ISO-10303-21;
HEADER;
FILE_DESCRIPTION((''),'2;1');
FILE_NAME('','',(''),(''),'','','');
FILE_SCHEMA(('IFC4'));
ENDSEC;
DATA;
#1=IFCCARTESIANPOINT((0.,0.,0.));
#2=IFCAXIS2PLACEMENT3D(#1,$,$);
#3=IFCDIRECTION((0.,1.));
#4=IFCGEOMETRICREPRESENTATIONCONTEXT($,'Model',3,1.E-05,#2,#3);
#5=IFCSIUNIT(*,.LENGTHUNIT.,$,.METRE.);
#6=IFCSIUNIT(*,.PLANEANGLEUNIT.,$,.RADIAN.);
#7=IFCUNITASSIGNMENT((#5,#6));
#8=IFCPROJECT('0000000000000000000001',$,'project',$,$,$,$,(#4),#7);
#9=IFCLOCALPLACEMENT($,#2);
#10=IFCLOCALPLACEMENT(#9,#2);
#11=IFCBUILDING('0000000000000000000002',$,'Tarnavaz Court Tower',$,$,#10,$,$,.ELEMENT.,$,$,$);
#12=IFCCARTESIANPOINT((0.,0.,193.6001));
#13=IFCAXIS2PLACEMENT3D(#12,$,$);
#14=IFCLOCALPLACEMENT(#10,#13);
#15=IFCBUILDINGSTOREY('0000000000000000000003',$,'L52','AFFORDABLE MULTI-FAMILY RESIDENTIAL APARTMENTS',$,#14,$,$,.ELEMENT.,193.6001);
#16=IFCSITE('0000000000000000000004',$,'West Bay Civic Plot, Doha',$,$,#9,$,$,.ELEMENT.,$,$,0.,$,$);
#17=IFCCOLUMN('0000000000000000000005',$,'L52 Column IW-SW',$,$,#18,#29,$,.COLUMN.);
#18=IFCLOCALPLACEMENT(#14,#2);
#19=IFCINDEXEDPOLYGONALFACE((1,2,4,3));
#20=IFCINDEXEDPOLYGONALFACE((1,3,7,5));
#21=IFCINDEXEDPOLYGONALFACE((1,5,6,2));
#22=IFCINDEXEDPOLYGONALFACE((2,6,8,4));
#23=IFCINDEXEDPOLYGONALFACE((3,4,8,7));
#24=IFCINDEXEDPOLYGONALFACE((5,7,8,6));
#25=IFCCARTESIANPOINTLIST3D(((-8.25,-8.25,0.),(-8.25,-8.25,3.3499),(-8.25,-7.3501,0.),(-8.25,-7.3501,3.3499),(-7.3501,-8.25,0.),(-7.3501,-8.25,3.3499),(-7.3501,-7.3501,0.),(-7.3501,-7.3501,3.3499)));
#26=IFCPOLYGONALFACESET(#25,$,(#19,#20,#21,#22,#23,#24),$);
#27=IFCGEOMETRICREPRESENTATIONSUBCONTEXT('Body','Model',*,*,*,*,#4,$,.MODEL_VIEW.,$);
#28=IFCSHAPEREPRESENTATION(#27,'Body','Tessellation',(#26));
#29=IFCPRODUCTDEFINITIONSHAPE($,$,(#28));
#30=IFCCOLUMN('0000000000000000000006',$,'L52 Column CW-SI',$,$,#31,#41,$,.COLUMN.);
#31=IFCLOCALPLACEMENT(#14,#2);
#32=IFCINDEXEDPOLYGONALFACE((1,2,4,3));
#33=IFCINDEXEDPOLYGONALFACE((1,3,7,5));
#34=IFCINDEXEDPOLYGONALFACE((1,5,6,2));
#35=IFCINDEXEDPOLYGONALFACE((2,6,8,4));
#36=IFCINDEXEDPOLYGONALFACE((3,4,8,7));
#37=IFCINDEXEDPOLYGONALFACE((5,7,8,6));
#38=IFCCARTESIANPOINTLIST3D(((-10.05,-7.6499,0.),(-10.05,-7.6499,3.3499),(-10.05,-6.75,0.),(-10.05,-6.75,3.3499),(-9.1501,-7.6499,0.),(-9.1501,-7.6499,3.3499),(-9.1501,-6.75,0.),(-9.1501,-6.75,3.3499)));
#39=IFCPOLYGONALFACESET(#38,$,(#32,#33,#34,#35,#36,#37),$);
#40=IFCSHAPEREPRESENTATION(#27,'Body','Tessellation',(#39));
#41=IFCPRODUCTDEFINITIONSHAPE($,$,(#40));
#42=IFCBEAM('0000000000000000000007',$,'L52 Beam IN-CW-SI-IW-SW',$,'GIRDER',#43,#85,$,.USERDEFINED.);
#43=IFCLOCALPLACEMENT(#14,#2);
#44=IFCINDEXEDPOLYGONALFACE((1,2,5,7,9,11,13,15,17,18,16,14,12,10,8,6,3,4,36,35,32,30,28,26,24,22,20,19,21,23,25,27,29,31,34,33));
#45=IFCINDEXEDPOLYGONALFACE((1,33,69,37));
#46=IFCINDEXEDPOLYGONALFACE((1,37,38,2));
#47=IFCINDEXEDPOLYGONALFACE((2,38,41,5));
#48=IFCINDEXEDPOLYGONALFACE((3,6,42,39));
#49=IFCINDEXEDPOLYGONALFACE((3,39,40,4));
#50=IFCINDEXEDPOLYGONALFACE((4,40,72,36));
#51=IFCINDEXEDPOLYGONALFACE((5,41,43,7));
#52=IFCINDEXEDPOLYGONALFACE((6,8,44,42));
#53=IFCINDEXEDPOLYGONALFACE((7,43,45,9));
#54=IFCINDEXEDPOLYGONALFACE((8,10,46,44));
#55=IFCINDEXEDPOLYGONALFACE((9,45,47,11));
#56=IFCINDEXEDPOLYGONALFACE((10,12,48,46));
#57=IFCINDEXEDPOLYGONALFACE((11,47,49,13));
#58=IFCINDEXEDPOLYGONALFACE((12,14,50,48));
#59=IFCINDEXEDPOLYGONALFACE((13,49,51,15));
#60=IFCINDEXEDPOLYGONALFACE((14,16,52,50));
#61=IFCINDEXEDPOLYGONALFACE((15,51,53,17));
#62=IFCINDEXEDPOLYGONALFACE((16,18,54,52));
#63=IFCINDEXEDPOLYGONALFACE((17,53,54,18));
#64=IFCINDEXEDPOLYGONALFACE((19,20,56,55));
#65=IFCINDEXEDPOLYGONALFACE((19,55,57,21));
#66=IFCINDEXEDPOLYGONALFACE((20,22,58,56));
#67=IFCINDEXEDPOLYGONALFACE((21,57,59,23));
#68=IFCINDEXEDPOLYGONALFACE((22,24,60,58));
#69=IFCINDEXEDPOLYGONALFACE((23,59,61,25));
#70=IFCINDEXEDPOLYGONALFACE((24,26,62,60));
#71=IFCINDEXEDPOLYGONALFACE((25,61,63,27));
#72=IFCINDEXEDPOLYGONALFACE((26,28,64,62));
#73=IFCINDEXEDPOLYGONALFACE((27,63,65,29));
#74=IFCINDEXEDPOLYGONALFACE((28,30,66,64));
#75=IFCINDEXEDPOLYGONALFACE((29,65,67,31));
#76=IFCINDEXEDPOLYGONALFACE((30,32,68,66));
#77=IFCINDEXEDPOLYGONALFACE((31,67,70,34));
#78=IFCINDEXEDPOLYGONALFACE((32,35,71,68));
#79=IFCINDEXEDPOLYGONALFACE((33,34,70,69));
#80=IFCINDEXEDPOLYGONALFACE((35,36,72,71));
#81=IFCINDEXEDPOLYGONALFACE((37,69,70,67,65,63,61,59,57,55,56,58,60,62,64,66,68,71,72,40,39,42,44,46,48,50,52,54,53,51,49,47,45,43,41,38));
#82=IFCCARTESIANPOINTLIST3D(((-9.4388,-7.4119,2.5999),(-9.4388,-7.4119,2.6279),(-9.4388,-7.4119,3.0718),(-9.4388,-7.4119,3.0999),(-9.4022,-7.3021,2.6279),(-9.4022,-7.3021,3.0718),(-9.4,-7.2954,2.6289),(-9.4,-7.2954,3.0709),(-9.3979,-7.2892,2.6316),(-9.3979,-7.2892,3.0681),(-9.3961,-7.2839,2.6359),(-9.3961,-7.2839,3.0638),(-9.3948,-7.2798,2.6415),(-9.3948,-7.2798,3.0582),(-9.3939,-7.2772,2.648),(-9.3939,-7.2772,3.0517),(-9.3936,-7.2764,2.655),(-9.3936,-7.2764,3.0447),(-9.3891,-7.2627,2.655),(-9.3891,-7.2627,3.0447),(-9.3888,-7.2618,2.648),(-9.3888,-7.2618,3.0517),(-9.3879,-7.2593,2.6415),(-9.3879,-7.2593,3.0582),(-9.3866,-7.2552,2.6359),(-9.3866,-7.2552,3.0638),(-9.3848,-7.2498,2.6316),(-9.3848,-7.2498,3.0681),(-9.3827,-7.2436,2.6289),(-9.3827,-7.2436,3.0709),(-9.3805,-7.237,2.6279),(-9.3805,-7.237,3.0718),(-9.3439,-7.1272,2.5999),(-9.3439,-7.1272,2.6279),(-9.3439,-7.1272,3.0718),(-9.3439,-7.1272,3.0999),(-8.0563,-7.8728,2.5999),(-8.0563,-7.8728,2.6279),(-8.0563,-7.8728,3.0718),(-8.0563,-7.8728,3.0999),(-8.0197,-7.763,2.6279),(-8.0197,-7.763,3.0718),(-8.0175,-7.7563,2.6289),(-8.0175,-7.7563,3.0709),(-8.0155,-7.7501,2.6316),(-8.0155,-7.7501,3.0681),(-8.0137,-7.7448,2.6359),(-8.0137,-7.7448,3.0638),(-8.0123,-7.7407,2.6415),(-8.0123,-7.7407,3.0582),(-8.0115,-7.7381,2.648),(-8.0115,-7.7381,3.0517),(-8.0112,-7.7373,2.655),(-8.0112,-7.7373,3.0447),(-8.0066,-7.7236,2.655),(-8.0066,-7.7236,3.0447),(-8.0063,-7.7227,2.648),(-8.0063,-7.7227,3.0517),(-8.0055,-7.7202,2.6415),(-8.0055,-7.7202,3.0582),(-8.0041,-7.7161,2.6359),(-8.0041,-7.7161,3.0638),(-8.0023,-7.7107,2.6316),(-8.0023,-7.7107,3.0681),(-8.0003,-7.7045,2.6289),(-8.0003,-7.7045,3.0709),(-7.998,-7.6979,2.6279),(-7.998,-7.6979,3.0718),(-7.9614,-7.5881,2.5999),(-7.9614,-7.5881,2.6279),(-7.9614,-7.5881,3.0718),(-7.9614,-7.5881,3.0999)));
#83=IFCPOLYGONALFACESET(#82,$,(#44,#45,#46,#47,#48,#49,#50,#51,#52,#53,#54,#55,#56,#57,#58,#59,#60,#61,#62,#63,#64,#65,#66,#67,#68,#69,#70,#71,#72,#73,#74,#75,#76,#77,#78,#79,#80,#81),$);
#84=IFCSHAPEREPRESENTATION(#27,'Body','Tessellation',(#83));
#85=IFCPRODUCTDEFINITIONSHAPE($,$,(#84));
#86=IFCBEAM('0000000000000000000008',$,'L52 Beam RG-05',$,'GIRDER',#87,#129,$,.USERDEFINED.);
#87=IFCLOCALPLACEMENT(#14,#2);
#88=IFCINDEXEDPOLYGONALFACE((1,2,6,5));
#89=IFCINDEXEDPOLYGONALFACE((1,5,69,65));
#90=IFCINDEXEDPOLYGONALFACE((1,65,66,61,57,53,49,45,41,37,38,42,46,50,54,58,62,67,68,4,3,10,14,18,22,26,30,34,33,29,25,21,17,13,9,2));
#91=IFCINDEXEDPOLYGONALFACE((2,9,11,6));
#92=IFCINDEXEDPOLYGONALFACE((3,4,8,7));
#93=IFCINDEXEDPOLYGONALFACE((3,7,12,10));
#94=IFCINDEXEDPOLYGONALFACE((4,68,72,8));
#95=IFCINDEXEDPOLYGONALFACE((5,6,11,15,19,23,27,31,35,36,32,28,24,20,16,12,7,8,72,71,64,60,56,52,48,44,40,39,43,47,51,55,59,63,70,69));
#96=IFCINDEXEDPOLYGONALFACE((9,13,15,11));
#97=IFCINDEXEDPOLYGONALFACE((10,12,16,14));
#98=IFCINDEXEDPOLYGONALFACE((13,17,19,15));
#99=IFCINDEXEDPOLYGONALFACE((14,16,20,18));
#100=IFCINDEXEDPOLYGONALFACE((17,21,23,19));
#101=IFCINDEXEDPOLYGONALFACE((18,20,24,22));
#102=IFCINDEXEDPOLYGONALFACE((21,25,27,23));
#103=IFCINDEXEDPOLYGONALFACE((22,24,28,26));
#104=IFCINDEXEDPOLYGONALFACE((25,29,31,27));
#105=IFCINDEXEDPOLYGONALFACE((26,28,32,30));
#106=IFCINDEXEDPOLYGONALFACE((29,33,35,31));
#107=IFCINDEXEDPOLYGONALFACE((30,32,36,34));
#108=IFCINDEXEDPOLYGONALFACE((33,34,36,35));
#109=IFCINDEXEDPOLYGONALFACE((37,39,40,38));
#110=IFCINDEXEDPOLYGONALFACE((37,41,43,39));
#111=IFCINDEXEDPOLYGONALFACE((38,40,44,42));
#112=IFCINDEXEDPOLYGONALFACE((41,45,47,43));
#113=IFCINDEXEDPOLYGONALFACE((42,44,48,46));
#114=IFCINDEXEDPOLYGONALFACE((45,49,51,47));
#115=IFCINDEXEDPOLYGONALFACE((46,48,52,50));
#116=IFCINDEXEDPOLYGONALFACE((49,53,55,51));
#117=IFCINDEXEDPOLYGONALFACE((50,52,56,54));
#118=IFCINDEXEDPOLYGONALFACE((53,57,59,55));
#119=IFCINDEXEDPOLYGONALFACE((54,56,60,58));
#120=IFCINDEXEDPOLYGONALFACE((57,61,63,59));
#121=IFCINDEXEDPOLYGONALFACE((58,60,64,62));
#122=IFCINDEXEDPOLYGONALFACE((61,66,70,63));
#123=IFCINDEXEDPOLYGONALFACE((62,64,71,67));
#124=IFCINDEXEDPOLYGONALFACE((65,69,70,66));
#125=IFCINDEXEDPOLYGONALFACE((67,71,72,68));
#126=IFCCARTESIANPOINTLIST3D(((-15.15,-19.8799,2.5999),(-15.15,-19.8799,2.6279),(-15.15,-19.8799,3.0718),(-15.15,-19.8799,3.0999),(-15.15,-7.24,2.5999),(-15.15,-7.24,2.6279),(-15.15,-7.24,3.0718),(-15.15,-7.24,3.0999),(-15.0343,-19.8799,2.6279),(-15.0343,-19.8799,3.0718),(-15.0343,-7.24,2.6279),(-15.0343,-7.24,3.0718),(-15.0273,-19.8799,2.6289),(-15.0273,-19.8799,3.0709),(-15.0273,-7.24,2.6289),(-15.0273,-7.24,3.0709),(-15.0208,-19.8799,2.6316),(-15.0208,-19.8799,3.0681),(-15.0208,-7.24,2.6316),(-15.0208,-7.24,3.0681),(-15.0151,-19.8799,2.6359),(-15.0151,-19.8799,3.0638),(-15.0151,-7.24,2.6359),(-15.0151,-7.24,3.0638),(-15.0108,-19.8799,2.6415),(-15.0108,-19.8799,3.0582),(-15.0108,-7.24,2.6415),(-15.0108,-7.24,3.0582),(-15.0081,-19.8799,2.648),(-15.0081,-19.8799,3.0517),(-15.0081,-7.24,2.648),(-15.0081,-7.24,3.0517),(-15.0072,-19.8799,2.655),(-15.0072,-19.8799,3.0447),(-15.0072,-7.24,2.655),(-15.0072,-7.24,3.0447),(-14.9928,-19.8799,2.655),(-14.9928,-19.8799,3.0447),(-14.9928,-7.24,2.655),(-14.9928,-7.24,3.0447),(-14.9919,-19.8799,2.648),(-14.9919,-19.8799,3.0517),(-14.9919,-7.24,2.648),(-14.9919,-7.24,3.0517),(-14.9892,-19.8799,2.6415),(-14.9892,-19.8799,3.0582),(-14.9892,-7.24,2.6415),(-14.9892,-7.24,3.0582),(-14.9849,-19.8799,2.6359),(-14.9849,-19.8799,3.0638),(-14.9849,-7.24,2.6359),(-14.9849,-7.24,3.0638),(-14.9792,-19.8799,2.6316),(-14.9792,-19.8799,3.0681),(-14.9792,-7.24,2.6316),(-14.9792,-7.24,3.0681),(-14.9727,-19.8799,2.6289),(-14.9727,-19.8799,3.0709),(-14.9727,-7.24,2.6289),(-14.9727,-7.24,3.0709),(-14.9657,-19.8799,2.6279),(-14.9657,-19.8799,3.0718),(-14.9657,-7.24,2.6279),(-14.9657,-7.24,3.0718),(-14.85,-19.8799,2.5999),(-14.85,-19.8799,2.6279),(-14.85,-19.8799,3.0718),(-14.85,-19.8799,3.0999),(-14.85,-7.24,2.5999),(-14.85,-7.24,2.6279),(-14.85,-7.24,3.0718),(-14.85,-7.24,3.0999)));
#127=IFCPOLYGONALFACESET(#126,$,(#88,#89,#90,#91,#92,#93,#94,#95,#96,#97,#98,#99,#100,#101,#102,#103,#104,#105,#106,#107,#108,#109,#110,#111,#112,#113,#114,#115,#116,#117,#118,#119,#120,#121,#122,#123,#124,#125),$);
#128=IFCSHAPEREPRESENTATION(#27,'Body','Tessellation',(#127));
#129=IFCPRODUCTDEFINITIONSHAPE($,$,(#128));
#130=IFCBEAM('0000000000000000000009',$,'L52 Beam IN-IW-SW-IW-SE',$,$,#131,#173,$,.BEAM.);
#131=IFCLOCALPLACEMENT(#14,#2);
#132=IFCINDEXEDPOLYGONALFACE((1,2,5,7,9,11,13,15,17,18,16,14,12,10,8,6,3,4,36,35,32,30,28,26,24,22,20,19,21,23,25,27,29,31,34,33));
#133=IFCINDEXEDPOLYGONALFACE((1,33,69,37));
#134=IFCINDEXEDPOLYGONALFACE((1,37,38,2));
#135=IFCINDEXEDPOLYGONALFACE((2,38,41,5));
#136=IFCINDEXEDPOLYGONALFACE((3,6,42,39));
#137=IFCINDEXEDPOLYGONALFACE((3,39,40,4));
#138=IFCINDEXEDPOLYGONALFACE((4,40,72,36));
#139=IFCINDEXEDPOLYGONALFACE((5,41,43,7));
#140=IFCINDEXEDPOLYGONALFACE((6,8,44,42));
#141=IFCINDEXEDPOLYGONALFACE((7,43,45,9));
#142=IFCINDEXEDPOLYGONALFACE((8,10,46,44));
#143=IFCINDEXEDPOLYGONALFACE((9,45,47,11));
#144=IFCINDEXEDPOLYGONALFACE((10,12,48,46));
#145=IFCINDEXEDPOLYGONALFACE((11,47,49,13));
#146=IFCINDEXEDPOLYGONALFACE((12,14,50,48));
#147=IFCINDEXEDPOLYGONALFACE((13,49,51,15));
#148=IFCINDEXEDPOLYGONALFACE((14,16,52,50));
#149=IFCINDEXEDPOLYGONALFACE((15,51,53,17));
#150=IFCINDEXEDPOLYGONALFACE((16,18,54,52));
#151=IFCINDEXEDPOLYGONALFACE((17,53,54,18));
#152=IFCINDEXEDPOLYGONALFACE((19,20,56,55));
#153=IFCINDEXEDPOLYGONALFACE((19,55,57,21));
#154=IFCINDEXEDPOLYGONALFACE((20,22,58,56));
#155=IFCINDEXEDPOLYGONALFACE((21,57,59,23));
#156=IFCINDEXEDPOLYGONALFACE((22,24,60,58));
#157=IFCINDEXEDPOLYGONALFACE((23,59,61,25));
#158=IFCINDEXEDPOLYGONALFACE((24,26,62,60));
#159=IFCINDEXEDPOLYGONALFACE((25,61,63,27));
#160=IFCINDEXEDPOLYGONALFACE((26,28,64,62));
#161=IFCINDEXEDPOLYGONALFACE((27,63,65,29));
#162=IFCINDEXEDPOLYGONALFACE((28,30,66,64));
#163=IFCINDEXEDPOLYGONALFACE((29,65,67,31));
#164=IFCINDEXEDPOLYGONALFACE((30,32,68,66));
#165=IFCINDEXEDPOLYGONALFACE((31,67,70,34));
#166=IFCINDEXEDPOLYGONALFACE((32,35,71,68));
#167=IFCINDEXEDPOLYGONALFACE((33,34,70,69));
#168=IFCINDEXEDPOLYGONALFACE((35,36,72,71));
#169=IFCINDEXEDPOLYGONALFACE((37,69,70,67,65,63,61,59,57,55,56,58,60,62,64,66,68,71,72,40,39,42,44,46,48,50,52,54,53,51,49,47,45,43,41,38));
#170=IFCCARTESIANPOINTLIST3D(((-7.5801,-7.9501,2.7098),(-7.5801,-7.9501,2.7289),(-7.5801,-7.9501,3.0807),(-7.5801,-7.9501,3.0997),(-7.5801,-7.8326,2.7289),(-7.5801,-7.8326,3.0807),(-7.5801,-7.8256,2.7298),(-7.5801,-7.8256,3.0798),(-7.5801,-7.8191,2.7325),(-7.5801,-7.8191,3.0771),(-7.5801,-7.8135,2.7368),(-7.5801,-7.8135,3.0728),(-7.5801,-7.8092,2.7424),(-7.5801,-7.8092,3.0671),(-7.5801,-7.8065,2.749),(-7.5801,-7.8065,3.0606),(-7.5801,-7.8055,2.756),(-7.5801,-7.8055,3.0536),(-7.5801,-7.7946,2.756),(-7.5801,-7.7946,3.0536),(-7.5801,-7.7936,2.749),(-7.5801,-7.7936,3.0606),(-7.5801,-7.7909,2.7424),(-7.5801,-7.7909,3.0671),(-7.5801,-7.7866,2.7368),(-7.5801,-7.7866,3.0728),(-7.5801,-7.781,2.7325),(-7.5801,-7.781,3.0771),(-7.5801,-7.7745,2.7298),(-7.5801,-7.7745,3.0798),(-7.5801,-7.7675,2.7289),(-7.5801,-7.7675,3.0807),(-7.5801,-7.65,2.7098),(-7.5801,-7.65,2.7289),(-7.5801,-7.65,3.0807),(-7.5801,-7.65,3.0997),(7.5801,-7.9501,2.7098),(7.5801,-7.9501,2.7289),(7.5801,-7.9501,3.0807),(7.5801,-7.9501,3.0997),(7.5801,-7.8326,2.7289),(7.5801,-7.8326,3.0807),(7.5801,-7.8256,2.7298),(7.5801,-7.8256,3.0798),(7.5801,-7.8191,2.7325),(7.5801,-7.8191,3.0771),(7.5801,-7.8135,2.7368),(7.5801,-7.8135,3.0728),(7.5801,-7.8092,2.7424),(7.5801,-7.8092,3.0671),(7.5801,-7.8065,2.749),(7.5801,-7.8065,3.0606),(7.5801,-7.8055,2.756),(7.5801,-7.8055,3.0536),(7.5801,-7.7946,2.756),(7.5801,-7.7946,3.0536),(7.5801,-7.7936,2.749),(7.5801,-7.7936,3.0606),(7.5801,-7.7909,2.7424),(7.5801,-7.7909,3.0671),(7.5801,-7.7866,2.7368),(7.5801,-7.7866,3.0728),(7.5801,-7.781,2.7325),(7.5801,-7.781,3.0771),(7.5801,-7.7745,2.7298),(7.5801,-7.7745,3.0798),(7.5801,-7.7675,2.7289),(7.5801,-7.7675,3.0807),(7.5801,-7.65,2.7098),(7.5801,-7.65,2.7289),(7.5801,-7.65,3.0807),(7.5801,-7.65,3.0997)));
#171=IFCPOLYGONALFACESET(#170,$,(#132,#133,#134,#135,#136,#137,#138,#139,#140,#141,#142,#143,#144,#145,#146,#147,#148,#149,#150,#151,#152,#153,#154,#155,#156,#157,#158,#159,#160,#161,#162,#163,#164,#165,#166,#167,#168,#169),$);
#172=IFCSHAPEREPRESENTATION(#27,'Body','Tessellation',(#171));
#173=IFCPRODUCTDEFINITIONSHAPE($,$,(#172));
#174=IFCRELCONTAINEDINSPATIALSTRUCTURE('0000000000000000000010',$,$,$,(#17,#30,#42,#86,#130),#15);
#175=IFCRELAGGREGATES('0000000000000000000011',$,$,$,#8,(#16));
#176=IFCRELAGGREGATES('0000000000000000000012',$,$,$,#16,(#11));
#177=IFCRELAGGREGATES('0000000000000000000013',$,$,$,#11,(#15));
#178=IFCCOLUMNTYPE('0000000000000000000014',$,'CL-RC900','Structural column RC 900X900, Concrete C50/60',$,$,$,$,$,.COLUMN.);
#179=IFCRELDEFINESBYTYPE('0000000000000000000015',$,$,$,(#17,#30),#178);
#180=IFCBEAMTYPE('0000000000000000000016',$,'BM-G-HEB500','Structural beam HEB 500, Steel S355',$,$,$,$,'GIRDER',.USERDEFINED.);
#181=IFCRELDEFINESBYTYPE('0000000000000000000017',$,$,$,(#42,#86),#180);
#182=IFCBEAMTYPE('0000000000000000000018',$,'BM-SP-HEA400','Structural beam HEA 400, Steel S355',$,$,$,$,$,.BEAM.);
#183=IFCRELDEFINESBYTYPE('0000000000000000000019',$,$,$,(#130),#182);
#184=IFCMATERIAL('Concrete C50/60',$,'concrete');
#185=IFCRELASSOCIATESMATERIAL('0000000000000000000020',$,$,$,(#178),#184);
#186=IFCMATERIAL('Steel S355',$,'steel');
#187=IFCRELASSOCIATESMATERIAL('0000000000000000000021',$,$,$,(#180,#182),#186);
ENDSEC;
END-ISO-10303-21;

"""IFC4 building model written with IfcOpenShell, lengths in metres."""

from ifc_helpers import new_model, si_unit, direction, frame, origin, origin_2d, place, context, subcontext, project, spatial, rectangle, i_section, extrude, material, material_profile, profile_set, type_object, element, save


model = new_model("IFC4")

# Units and contexts
model_context = context("Model", 3, precision=1e-05, world=origin(), true_north=direction((0.0, 1.0)))
body_context = subcontext(model_context, "Body", "Model", "MODEL_VIEW")
ifc_project = project(units=[si_unit("LENGTHUNIT", "METRE"), si_unit("PLANEANGLEUNIT", "RADIAN")], contexts=[model_context])

# Site, building, storey
site_placement = place(None, origin())
site = spatial("IfcSite", under=ifc_project, at=site_placement, Name="West Bay Civic Plot, Doha", CompositionType="ELEMENT", RefElevation=0.0)
building_placement = place(site_placement, origin())
building = spatial("IfcBuilding", under=site, at=building_placement, Name="Tarnavaz Court Tower", CompositionType="ELEMENT")
storey_placement = place(building_placement, frame((0.0, 0.0, 193.6001)))
storey = spatial("IfcBuildingStorey", under=building, at=storey_placement, Name="L52", Description="AFFORDABLE MULTI-FAMILY RESIDENTIAL APARTMENTS", CompositionType="ELEMENT", Elevation=193.6001)

# Columns
ifc_material_1 = material(Name="Concrete C50/60", Category="concrete")
ifc_material_profile_1 = material_profile(ifc_material_1, rectangle(XDim=0.8999, YDim=0.8999, at=origin_2d()), Name="RC 900X900")
ifc_profile_set_1 = profile_set([ifc_material_profile_1], Name="Concrete C50/60")
column_type = type_object("IfcColumnType", Name="CL-RC900", Description="Structural column RC 900X900, Concrete C50/60", PredefinedType="COLUMN", material=ifc_profile_set_1)
for number, where, z_axis, x_axis, name in (
    (1, (-7.8, -7.8, 0.0), (0.0, 0.0, 1.0), (1.0, 0.0, 0.0), "L52 Column IW-SW"),
    (2, (-9.6001, -7.2, 0.0), (0.0, 0.0, 1.0), (1.0, 0.0, 0.0), "L52 Column CW-SI"),
):
    element("IfcColumn", number, at=place(storey_placement, frame(where, z_axis=z_axis, x_axis=x_axis)), inside=storey, type_object=column_type, Name=name, PredefinedType="COLUMN", context=body_context, shape_type="SweptSolid", body=[
        extrude(rectangle(XDim=0.8999, YDim=0.8999, at=origin_2d()), origin(), (0.0, 0.0, 1.0), 3.3499),
    ])

# Beams
ifc_material_2 = material(Name="Steel S355", Category="steel")
ifc_material_profile_2 = material_profile(ifc_material_2, i_section(OverallWidth=0.3, OverallDepth=0.5, WebThickness=0.0144, FlangeThickness=0.0281, FilletRadius=0.0271, at=origin_2d()), Name="HEB 500")
ifc_profile_set_2 = profile_set([ifc_material_profile_2], Name="Steel S355")
beam_type_1 = type_object("IfcBeamType", Name="BM-G-HEB500", Description="Structural beam HEB 500, Steel S355", ElementType="GIRDER", PredefinedType="USERDEFINED", material=ifc_profile_set_2)
beam_1_placement = place(storey_placement, frame((-9.3914, -7.2695, 2.8499), z_axis=(0.948667, -0.316278, 0.0), x_axis=(0.316278, 0.948667, 0.0)))
element("IfcBeam", 3, at=beam_1_placement, inside=storey, type_object=beam_type_1, Name="L52 Beam IN-CW-SI-IW-SW", ObjectType="GIRDER", PredefinedType="USERDEFINED", context=body_context, shape_type="SweptSolid", body=[
    extrude(i_section(OverallWidth=0.3, OverallDepth=0.5, WebThickness=0.0144, FlangeThickness=0.0281, FilletRadius=0.0271, at=origin_2d()), origin(), (0.0, 0.0, 1.0), 1.4573),
])
beam_2_placement = place(storey_placement, frame((-15.0, -7.24, 2.8499), z_axis=(0.0, -1.0, 0.0), x_axis=(1.0, 0.0, 0.0)))
element("IfcBeam", 4, at=beam_2_placement, inside=storey, type_object=beam_type_1, Name="L52 Beam RG-05", ObjectType="GIRDER", PredefinedType="USERDEFINED", context=body_context, shape_type="SweptSolid", body=[
    extrude(i_section(OverallWidth=0.3, OverallDepth=0.5, WebThickness=0.0144, FlangeThickness=0.0281, FilletRadius=0.0271, at=origin_2d()), origin(), (0.0, 0.0, 1.0), 12.6399),
])
ifc_material_profile_3 = material_profile(ifc_material_2, i_section(OverallWidth=0.3, OverallDepth=0.3899, WebThickness=0.011, FlangeThickness=0.019, FilletRadius=0.0271, at=origin_2d()), Name="HEA 400")
ifc_profile_set_3 = profile_set([ifc_material_profile_3], Name="Steel S355")
beam_type_2 = type_object("IfcBeamType", Name="BM-SP-HEA400", Description="Structural beam HEA 400, Steel S355", PredefinedType="BEAM", material=ifc_profile_set_3)
for number, where, z_axis, x_axis, name in (
    (5, (-7.5801, -7.8, 2.9048), (1.0, 0.0, 0.0), (0.0, 1.0, 0.0), "L52 Beam IN-IW-SW-IW-SE"),
):
    element("IfcBeam", number, at=place(storey_placement, frame(where, z_axis=z_axis, x_axis=x_axis)), inside=storey, type_object=beam_type_2, Name=name, PredefinedType="BEAM", context=body_context, shape_type="SweptSolid", body=[
        extrude(i_section(OverallWidth=0.3, OverallDepth=0.3899, WebThickness=0.011, FlangeThickness=0.019, FilletRadius=0.0271, at=origin_2d()), origin(), (0.0, 0.0, 1.0), 15.1602),
    ])

save(model, "model.ifc")
